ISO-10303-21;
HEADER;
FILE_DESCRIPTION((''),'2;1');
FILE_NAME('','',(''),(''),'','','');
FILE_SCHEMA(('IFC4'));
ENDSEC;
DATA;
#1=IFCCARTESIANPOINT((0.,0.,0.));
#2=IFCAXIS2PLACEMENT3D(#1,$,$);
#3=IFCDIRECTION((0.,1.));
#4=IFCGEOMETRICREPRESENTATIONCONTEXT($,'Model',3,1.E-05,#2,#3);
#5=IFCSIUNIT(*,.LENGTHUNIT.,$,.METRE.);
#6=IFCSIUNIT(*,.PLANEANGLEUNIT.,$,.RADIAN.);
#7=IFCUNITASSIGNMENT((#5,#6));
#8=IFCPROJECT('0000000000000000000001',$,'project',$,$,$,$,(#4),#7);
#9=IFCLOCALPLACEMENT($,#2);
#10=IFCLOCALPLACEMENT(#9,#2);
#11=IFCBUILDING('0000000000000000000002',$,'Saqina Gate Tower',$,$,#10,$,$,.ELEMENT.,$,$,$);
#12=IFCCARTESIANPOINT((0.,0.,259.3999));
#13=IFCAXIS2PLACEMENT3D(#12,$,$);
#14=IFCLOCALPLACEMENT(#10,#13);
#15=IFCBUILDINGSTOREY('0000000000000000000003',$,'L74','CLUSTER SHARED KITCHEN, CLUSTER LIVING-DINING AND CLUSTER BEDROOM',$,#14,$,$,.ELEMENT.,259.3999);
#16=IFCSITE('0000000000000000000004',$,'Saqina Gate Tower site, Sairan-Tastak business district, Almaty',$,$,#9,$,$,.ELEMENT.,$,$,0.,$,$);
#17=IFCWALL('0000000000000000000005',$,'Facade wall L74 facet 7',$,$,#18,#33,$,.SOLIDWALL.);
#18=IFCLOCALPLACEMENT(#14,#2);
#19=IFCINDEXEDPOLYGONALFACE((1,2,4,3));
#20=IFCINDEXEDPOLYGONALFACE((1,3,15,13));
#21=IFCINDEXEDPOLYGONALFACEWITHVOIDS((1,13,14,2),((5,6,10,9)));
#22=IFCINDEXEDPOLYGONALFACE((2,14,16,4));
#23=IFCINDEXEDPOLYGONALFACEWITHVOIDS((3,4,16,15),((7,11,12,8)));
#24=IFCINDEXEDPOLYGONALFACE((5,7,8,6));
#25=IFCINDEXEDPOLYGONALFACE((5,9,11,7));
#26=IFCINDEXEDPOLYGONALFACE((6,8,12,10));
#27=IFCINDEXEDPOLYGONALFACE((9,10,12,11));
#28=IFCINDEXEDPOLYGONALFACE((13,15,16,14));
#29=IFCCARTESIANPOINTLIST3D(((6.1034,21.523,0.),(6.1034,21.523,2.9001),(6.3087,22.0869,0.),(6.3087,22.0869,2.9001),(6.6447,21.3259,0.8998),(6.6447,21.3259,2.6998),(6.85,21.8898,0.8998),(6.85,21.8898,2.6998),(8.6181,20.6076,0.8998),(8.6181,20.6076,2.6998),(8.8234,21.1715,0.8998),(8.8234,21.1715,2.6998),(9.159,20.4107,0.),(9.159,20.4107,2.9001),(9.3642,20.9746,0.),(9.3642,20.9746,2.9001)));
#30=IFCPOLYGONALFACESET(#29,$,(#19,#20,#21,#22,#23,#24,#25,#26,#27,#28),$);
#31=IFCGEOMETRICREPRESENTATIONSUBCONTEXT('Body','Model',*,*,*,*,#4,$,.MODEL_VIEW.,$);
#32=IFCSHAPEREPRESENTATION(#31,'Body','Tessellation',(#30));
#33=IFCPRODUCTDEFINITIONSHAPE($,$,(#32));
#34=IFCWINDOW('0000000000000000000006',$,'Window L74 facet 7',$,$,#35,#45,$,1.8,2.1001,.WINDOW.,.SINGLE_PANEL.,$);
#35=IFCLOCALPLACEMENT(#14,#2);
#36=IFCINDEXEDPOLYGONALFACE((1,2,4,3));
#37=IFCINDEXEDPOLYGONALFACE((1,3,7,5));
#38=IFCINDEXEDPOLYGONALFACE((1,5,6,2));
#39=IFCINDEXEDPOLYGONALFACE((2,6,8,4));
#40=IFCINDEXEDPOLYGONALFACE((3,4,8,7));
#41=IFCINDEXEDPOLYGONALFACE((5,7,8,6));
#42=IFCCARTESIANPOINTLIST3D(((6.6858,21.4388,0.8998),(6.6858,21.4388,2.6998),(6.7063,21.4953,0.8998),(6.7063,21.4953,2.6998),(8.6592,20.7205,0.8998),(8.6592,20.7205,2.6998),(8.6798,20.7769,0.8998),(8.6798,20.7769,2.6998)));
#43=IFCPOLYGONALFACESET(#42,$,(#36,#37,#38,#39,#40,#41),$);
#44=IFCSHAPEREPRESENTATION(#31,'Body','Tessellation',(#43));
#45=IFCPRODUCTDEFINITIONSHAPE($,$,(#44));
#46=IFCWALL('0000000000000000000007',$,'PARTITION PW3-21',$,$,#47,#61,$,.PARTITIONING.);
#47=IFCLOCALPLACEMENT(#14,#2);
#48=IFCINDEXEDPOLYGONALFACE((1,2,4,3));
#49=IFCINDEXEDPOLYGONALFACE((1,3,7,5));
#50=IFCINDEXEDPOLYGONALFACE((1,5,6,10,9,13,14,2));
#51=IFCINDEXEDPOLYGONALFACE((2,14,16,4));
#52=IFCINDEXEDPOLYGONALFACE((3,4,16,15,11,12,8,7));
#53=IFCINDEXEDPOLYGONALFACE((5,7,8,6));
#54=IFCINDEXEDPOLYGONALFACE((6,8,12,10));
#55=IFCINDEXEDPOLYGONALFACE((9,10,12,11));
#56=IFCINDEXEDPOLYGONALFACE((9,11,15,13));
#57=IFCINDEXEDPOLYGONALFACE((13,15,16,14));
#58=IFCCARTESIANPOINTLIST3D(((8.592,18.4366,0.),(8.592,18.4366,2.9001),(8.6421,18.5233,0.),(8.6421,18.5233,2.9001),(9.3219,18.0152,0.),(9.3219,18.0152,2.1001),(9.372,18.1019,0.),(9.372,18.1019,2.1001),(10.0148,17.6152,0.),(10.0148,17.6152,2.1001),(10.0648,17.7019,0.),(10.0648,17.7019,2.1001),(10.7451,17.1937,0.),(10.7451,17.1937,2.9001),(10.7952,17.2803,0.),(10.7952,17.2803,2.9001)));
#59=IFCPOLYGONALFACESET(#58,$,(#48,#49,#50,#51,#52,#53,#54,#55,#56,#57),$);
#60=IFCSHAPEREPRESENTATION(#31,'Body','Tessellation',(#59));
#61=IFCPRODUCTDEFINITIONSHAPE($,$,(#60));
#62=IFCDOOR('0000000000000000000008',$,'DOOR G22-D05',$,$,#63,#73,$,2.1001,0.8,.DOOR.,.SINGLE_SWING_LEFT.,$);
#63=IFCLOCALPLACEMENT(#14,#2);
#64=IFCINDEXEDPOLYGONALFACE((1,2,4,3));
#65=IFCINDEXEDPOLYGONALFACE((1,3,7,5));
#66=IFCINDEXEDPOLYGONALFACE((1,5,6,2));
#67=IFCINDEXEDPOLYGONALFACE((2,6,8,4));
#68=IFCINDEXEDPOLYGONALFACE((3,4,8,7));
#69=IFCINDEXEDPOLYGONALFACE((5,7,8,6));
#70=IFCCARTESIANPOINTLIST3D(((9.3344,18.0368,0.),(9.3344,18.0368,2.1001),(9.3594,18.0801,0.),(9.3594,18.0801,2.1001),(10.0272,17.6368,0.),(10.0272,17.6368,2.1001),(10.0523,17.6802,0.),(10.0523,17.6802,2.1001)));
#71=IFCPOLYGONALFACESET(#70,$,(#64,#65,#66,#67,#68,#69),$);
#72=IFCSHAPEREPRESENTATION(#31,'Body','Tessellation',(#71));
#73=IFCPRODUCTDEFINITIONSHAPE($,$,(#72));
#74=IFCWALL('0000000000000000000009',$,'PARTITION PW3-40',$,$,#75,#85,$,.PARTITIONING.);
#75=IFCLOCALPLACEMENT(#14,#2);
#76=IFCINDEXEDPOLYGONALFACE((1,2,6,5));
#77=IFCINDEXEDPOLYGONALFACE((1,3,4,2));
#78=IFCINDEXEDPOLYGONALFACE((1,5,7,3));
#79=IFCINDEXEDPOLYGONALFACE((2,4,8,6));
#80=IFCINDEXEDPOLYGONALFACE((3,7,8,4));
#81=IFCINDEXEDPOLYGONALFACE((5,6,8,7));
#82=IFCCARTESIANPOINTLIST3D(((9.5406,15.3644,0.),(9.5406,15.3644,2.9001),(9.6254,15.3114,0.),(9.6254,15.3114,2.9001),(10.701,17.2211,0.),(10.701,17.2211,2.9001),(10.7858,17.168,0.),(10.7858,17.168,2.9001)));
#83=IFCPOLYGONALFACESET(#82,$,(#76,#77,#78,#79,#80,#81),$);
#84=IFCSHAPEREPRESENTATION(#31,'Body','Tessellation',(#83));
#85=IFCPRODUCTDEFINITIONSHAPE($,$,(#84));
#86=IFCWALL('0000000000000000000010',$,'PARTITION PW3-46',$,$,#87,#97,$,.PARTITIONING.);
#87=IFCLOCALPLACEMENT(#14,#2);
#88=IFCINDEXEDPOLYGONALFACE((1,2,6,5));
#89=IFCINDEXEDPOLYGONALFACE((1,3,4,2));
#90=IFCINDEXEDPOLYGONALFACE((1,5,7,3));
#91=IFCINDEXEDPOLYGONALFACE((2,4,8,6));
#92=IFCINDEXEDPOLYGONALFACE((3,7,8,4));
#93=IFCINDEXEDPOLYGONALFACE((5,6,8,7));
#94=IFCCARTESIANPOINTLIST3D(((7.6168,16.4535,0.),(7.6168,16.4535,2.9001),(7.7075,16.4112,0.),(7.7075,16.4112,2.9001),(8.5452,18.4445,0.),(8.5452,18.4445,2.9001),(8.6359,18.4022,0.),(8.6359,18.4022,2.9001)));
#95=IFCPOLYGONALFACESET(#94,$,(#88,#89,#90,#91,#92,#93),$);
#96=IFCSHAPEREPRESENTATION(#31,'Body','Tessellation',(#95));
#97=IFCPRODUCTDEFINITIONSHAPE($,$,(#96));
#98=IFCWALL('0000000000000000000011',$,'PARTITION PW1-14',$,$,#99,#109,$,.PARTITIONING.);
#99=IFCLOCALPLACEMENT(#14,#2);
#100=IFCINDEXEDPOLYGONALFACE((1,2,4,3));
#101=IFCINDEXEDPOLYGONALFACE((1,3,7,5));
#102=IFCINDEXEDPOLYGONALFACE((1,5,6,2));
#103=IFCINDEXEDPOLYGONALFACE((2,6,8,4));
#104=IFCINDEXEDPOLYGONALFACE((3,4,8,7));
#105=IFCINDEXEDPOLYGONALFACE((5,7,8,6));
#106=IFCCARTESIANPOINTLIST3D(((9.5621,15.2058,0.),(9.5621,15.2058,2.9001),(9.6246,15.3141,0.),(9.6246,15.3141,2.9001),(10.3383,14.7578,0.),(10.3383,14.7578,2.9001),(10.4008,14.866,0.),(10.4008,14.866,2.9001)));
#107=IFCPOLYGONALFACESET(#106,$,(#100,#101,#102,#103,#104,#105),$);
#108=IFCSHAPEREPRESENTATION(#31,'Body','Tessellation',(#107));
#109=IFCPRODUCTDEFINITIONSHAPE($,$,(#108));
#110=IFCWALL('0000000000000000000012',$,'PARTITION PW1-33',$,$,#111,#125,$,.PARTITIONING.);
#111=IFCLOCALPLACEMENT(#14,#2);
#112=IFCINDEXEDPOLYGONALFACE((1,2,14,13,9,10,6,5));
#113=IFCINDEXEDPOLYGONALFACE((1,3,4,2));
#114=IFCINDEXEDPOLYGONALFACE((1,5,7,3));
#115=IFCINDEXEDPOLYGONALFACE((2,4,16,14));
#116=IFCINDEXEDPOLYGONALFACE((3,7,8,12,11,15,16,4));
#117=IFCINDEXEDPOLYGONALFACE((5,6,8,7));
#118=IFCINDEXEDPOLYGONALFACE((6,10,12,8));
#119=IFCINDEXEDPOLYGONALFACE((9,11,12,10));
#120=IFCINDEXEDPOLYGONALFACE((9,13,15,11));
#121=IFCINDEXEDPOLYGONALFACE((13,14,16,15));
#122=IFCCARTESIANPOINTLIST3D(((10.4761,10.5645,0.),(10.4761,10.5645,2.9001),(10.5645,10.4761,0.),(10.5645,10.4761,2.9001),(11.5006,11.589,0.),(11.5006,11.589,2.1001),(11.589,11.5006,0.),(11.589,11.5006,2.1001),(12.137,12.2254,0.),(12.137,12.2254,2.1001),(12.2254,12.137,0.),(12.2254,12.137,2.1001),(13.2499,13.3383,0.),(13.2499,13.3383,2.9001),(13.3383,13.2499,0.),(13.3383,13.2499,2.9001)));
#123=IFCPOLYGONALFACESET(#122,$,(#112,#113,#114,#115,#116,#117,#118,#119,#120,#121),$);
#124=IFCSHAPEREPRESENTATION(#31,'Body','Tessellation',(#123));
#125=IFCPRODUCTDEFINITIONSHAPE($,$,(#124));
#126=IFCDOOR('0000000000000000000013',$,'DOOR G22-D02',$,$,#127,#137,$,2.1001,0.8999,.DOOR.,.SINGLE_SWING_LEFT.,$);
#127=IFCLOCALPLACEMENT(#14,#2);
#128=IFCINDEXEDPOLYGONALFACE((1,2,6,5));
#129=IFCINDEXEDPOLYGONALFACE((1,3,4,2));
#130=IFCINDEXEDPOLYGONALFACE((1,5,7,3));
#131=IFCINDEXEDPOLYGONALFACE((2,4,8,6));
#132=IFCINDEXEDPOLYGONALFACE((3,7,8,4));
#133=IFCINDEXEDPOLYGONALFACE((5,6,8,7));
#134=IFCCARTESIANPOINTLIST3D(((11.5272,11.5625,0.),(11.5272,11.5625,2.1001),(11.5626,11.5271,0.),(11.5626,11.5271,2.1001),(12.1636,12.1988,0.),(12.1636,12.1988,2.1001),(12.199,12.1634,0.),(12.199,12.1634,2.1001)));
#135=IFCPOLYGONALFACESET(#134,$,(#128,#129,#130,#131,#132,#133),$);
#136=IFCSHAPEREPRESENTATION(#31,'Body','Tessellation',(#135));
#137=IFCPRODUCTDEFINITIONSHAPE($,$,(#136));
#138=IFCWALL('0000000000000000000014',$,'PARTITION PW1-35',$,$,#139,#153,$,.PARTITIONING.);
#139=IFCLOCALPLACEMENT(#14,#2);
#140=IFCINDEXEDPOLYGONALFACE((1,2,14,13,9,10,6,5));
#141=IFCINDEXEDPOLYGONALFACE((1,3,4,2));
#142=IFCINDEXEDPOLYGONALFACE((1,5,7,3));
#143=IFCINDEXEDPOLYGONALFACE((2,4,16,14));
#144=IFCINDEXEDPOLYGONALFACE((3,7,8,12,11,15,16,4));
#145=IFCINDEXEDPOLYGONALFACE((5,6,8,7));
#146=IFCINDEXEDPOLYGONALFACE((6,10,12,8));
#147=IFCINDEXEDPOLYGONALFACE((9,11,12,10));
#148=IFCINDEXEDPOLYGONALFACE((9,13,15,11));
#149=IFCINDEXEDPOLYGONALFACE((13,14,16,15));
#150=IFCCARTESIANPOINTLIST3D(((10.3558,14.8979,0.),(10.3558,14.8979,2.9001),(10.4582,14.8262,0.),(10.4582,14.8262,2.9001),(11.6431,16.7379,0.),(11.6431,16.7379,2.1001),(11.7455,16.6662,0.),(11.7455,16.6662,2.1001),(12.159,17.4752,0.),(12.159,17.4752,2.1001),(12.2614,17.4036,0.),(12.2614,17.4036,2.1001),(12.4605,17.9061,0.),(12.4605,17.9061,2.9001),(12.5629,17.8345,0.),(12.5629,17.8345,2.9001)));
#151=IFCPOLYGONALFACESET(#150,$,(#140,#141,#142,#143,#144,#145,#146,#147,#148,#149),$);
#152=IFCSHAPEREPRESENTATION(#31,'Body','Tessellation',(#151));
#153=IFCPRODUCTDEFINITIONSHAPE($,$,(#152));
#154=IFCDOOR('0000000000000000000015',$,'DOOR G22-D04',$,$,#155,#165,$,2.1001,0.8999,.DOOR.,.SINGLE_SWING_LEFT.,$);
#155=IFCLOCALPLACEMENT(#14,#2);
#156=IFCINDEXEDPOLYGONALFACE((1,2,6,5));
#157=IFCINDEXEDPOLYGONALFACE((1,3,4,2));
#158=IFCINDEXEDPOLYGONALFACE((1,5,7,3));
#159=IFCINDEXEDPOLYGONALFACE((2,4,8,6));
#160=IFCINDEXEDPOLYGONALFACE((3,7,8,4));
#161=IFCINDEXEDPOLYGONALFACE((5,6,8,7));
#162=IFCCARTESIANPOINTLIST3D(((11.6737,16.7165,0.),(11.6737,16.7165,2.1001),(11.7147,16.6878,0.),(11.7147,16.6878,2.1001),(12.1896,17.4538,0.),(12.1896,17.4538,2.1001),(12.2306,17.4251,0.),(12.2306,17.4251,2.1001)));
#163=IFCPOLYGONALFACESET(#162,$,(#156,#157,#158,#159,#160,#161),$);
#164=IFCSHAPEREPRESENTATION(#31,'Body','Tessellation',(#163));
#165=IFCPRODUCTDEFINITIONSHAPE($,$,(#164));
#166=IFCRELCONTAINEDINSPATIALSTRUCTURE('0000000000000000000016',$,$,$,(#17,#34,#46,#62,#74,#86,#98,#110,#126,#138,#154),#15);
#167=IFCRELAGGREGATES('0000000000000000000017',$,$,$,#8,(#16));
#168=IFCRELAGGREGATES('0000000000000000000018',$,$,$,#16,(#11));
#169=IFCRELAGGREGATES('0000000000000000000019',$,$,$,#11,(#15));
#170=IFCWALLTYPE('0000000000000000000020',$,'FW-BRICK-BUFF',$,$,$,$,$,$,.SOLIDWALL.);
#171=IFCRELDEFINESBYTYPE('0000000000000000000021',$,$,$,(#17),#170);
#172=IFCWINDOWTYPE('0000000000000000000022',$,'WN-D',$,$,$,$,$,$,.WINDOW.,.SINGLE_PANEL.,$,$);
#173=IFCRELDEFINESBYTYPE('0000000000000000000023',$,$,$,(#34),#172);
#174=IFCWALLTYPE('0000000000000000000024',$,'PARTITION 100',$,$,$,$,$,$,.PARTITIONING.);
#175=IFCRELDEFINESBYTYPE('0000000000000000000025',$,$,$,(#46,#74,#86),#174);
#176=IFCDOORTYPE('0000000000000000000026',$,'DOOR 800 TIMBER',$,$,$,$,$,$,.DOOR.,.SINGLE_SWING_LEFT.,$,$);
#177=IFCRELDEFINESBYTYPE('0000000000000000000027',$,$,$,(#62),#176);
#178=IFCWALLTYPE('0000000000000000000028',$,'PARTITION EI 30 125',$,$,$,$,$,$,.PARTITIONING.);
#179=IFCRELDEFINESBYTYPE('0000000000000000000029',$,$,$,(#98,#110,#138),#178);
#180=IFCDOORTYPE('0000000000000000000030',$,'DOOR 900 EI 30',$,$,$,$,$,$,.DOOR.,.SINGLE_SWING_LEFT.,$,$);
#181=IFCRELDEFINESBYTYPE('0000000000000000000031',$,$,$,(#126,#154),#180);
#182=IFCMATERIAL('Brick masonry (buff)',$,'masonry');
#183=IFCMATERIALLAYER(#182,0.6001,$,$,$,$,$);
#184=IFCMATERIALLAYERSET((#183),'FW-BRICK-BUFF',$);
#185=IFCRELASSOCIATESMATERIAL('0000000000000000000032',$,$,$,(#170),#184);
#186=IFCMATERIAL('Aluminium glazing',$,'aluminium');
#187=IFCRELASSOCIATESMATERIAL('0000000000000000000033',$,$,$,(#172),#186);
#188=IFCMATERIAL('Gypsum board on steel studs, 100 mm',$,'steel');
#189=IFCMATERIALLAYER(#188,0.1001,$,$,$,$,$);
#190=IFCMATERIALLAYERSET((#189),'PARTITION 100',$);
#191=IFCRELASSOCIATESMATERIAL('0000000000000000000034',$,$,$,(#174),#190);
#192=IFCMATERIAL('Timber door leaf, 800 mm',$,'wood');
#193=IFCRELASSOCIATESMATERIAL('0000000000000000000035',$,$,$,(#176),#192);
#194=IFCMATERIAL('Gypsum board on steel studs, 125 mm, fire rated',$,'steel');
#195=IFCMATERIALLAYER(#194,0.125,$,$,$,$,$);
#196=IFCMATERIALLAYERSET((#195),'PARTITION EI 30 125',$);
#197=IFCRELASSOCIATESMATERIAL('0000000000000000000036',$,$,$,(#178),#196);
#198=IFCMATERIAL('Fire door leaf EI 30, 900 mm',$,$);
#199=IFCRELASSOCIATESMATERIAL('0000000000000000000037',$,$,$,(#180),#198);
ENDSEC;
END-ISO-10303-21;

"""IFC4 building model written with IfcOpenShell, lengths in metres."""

from ifc_helpers import new_model, si_unit, direction, frame, frame_2d, origin, place, context, subcontext, project, spatial, rectangle, extrude, material, layer, layer_set, type_object, element, fill, save


model = new_model("IFC4")

# Units and contexts
model_context = context("Model", 3, precision=1e-05, world=origin(), true_north=direction((0.0, 1.0)))
body_context = subcontext(model_context, "Body", "Model", "MODEL_VIEW")
ifc_project = project(units=[si_unit("LENGTHUNIT", "METRE"), si_unit("PLANEANGLEUNIT", "RADIAN")], contexts=[model_context])

# Site, building, storey
site_placement = place(None, origin())
site = spatial("IfcSite", under=ifc_project, at=site_placement, Name="Saqina Gate Tower site, Sairan-Tastak business district, Almaty", CompositionType="ELEMENT", RefElevation=0.0)
building_placement = place(site_placement, origin())
building = spatial("IfcBuilding", under=site, at=building_placement, Name="Saqina Gate Tower", CompositionType="ELEMENT")
storey_placement = place(building_placement, frame((0.0, 0.0, 259.3999)))
storey = spatial("IfcBuildingStorey", under=building, at=storey_placement, Name="L74", Description="CLUSTER SHARED KITCHEN, CLUSTER LIVING-DINING AND CLUSTER BEDROOM", CompositionType="ELEMENT", Elevation=259.3999)

# Wall, opening, window
ifc_material_1 = material(Name="Brick masonry (buff)", Category="masonry")
ifc_layer_1 = layer(ifc_material_1, 0.6001)
ifc_layer_set_1 = layer_set([ifc_layer_1], Name="FW-BRICK-BUFF")
wall_type_1 = type_object("IfcWallType", Name="FW-BRICK-BUFF", PredefinedType="SOLIDWALL", material=ifc_layer_set_1)
ifc_material_2 = material(Name="Aluminium glazing", Category="aluminium")
window_type = type_object("IfcWindowType", Name="WN-D", PartitioningType="SINGLE_PANEL", PredefinedType="WINDOW", material=ifc_material_2)
wall_1_placement = place(storey_placement, frame((9.2617, 20.6926, 0.0), z_axis=(0.0, 0.0, 1.0), x_axis=(-0.939679, 0.342057, 0.0)))
wall_1 = element("IfcWall", 1, at=wall_1_placement, inside=storey, type_object=wall_type_1, Name="Facade wall L74 facet 7", PredefinedType="SOLIDWALL", context=body_context, shape_type="SweptSolid", body=[
    extrude(rectangle(XDim=3.2517, YDim=0.6001, at=frame_2d((1.626, 0.0))), origin(), (0.0, 0.0, 1.0), 2.9001),
])
opening_1_placement = place(wall_1_placement, frame((0.5757, 0.0, 0.8999)))
opening_1 = element("IfcOpeningElement", 2, at=opening_1_placement, cuts=wall_1, PredefinedType="OPENING", context=body_context, shape_type="SweptSolid", body=[
    extrude(rectangle(XDim=2.1001, YDim=1.8, at=frame_2d((1.05, 0.8999))), frame((0.0, 0.312, 0.0), z_axis=(0.0, -1.0, 0.0), x_axis=(1.0, 0.0, 0.0)), (0.0, 0.0, 1.0), 0.624),
])
window_1_placement = place(opening_1_placement, origin())
window_1 = element("IfcWindow", 3, at=window_1_placement, inside=storey, type_object=window_type, Name="Window L74 facet 7", OverallHeight=1.8, OverallWidth=2.1001, PartitioningType="SINGLE_PANEL", PredefinedType="WINDOW", context=body_context, shape_type="SweptSolid", body=[
    extrude(rectangle(XDim=2.1001, YDim=1.8, at=frame_2d((1.05, 0.8999))), frame((0.0, 0.1799, 0.0), z_axis=(0.0, -1.0, 0.0), x_axis=(1.0, 0.0, 0.0)), (0.0, 0.0, 1.0), 0.0601),
])
fill(opening_1, window_1)

# Wall, opening, door
ifc_material_3 = material(Name="Gypsum board on steel studs, 100 mm", Category="steel")
ifc_layer_2 = layer(ifc_material_3, 0.1001)
ifc_layer_set_2 = layer_set([ifc_layer_2], Name="PARTITION 100")
wall_type_2 = type_object("IfcWallType", Name="PARTITION 100", PredefinedType="PARTITIONING", material=ifc_layer_set_2)
wall_2_placement = place(storey_placement, frame((8.6169, 18.48, 0.0), z_axis=(0.0, 0.0, 1.0), x_axis=(0.866053, -0.499952, 0.0)))
wall_2 = element("IfcWall", 4, at=wall_2_placement, inside=storey, type_object=wall_type_2, Name="PARTITION PW3-21", PredefinedType="PARTITIONING", context=body_context, shape_type="SweptSolid", body=[
    extrude(rectangle(XDim=2.4861, YDim=0.1001, at=frame_2d((1.2432, 0.0))), origin(), (0.0, 0.0, 1.0), 2.9001),
])
opening_2_placement = place(wall_2_placement, frame((0.843, 0.0, 0.0)))
opening_2 = element("IfcOpeningElement", 5, at=opening_2_placement, cuts=wall_2, PredefinedType="OPENING", context=body_context, shape_type="SweptSolid", body=[
    extrude(rectangle(XDim=0.8, YDim=2.1001, at=frame_2d((0.3999, 1.05))), frame((0.0, 0.062, 0.0), z_axis=(0.0, -1.0, 0.0), x_axis=(1.0, 0.0, 0.0)), (0.0, 0.0, 1.0), 0.124),
])
ifc_material_4 = material(Name="Timber door leaf, 800 mm", Category="wood")
door_type_1 = type_object("IfcDoorType", Name="DOOR 800 TIMBER", OperationType="SINGLE_SWING_LEFT", PredefinedType="DOOR", material=ifc_material_4)
door_1_placement = place(opening_2_placement, origin())
door_1 = element("IfcDoor", 6, at=door_1_placement, inside=storey, type_object=door_type_1, Name="DOOR G22-D05", OperationType="SINGLE_SWING_LEFT", OverallHeight=2.1001, OverallWidth=0.8, PredefinedType="DOOR", context=body_context, shape_type="SweptSolid", body=[
    extrude(rectangle(XDim=0.8, YDim=2.1001, at=frame_2d((0.3999, 1.05))), frame((0.0, 0.0249, 0.0), z_axis=(0.0, -1.0, 0.0), x_axis=(1.0, 0.0, 0.0)), (0.0, 0.0, 1.0), 0.05),
])
fill(opening_2, door_1)

# Walls
wall_3_placement = place(storey_placement, frame((9.583, 15.3379, 0.0), z_axis=(0.0, 0.0, 1.0), x_axis=(0.529989, 0.848005, 0.0)))
element("IfcWall", 7, at=wall_3_placement, inside=storey, type_object=wall_type_2, Name="PARTITION PW3-40", PredefinedType="PARTITIONING", context=body_context, shape_type="SweptSolid", body=[
    extrude(rectangle(XDim=2.1895, YDim=0.1001, at=frame_2d((1.0947, 0.0))), origin(), (0.0, 0.0, 1.0), 2.9001),
])
wall_4_placement = place(storey_placement, frame((7.6621, 16.4324, 0.0), z_axis=(0.0, 0.0, 1.0), x_axis=(0.422642, 0.906297, 0.0)))
element("IfcWall", 8, at=wall_4_placement, inside=storey, type_object=wall_type_2, Name="PARTITION PW3-46", PredefinedType="PARTITIONING", context=body_context, shape_type="SweptSolid", body=[
    extrude(rectangle(XDim=2.1968, YDim=0.1001, at=frame_2d((1.0984, 0.0))), origin(), (0.0, 0.0, 1.0), 2.9001),
])
ifc_material_5 = material(Name="Gypsum board on steel studs, 125 mm, fire rated", Category="steel")
ifc_layer_3 = layer(ifc_material_5, 0.125)
ifc_layer_set_3 = layer_set([ifc_layer_3], Name="PARTITION EI 30 125")
wall_type_3 = type_object("IfcWallType", Name="PARTITION EI 30 125", PredefinedType="PARTITIONING", material=ifc_layer_set_3)
wall_5_placement = place(storey_placement, frame((9.5933, 15.26, 0.0), z_axis=(0.0, 0.0, 1.0), x_axis=(0.866072, -0.499919, 0.0)))
element("IfcWall", 9, at=wall_5_placement, inside=storey, type_object=wall_type_3, Name="PARTITION PW1-14", PredefinedType="PARTITIONING", context=body_context, shape_type="SweptSolid", body=[
    extrude(rectangle(XDim=0.8962, YDim=0.125, at=frame_2d((0.4482, 0.0))), origin(), (0.0, 0.0, 1.0), 2.9001),
])

# Walls, openings, doors
wall_6_placement = place(storey_placement, frame((10.5203, 10.5203, 0.0), z_axis=(0.0, 0.0, 1.0), x_axis=(0.707107, 0.707107, 0.0)))
wall_6 = element("IfcWall", 10, at=wall_6_placement, inside=storey, type_object=wall_type_3, Name="PARTITION PW1-33", PredefinedType="PARTITIONING", context=body_context, shape_type="SweptSolid", body=[
    extrude(rectangle(XDim=3.9229, YDim=0.125, at=frame_2d((1.9614, 0.0))), origin(), (0.0, 0.0, 1.0), 2.9001),
])
opening_3_placement = place(wall_6_placement, frame((1.449, 0.0, 0.0)))
opening_3 = element("IfcOpeningElement", 11, at=opening_3_placement, cuts=wall_6, PredefinedType="OPENING", context=body_context, shape_type="SweptSolid", body=[
    extrude(rectangle(XDim=0.8999, YDim=2.1001, at=frame_2d((0.45, 1.05))), frame((0.0, 0.0745, 0.0), z_axis=(0.0, -1.0, 0.0), x_axis=(1.0, 0.0, 0.0)), (0.0, 0.0, 1.0), 0.1489),
])
ifc_material_6 = material(Name="Fire door leaf EI 30, 900 mm")
door_type_2 = type_object("IfcDoorType", Name="DOOR 900 EI 30", OperationType="SINGLE_SWING_LEFT", PredefinedType="DOOR", material=ifc_material_6)
door_2_placement = place(opening_3_placement, origin())
door_2 = element("IfcDoor", 12, at=door_2_placement, inside=storey, type_object=door_type_2, Name="DOOR G22-D02", OperationType="SINGLE_SWING_LEFT", OverallHeight=2.1001, OverallWidth=0.8999, PredefinedType="DOOR", context=body_context, shape_type="SweptSolid", body=[
    extrude(rectangle(XDim=0.8999, YDim=2.1001, at=frame_2d((0.45, 1.05))), frame((0.0, 0.0249, 0.0), z_axis=(0.0, -1.0, 0.0), x_axis=(1.0, 0.0, 0.0)), (0.0, 0.0, 1.0), 0.05),
])
fill(opening_3, door_2)
wall_7_placement = place(storey_placement, frame((10.407, 14.8621, 0.0), z_axis=(0.0, 0.0, 1.0), x_axis=(0.573266, 0.819369, 0.0)))
wall_7 = element("IfcWall", 13, at=wall_7_placement, inside=storey, type_object=wall_type_3, Name="PARTITION PW1-35", PredefinedType="PARTITIONING", context=body_context, shape_type="SweptSolid", body=[
    extrude(rectangle(XDim=3.6714, YDim=0.125, at=frame_2d((1.8357, 0.0))), origin(), (0.0, 0.0, 1.0), 2.9001),
])
opening_4_placement = place(wall_7_placement, frame((2.2456, 0.0, 0.0)))
opening_4 = element("IfcOpeningElement", 14, at=opening_4_placement, cuts=wall_7, PredefinedType="OPENING", context=body_context, shape_type="SweptSolid", body=[
    extrude(rectangle(XDim=0.8999, YDim=2.1001, at=frame_2d((0.45, 1.05))), frame((0.0, 0.0745, 0.0), z_axis=(0.0, -1.0, 0.0), x_axis=(1.0, 0.0, 0.0)), (0.0, 0.0, 1.0), 0.1489),
])
door_3_placement = place(opening_4_placement, frame((0.8999, 0.0, 0.0), z_axis=(0.0, 0.0, 1.0), x_axis=(-1.0, 0.0, 0.0)))
door_3 = element("IfcDoor", 15, at=door_3_placement, inside=storey, type_object=door_type_2, Name="DOOR G22-D04", OperationType="SINGLE_SWING_LEFT", OverallHeight=2.1001, OverallWidth=0.8999, PredefinedType="DOOR", context=body_context, shape_type="SweptSolid", body=[
    extrude(rectangle(XDim=0.8999, YDim=2.1001, at=frame_2d((0.45, 1.05))), frame((0.0, 0.0249, 0.0), z_axis=(0.0, -1.0, 0.0), x_axis=(1.0, 0.0, 0.0)), (0.0, 0.0, 1.0), 0.05),
])
fill(opening_4, door_3)

save(model, "model.ifc")
